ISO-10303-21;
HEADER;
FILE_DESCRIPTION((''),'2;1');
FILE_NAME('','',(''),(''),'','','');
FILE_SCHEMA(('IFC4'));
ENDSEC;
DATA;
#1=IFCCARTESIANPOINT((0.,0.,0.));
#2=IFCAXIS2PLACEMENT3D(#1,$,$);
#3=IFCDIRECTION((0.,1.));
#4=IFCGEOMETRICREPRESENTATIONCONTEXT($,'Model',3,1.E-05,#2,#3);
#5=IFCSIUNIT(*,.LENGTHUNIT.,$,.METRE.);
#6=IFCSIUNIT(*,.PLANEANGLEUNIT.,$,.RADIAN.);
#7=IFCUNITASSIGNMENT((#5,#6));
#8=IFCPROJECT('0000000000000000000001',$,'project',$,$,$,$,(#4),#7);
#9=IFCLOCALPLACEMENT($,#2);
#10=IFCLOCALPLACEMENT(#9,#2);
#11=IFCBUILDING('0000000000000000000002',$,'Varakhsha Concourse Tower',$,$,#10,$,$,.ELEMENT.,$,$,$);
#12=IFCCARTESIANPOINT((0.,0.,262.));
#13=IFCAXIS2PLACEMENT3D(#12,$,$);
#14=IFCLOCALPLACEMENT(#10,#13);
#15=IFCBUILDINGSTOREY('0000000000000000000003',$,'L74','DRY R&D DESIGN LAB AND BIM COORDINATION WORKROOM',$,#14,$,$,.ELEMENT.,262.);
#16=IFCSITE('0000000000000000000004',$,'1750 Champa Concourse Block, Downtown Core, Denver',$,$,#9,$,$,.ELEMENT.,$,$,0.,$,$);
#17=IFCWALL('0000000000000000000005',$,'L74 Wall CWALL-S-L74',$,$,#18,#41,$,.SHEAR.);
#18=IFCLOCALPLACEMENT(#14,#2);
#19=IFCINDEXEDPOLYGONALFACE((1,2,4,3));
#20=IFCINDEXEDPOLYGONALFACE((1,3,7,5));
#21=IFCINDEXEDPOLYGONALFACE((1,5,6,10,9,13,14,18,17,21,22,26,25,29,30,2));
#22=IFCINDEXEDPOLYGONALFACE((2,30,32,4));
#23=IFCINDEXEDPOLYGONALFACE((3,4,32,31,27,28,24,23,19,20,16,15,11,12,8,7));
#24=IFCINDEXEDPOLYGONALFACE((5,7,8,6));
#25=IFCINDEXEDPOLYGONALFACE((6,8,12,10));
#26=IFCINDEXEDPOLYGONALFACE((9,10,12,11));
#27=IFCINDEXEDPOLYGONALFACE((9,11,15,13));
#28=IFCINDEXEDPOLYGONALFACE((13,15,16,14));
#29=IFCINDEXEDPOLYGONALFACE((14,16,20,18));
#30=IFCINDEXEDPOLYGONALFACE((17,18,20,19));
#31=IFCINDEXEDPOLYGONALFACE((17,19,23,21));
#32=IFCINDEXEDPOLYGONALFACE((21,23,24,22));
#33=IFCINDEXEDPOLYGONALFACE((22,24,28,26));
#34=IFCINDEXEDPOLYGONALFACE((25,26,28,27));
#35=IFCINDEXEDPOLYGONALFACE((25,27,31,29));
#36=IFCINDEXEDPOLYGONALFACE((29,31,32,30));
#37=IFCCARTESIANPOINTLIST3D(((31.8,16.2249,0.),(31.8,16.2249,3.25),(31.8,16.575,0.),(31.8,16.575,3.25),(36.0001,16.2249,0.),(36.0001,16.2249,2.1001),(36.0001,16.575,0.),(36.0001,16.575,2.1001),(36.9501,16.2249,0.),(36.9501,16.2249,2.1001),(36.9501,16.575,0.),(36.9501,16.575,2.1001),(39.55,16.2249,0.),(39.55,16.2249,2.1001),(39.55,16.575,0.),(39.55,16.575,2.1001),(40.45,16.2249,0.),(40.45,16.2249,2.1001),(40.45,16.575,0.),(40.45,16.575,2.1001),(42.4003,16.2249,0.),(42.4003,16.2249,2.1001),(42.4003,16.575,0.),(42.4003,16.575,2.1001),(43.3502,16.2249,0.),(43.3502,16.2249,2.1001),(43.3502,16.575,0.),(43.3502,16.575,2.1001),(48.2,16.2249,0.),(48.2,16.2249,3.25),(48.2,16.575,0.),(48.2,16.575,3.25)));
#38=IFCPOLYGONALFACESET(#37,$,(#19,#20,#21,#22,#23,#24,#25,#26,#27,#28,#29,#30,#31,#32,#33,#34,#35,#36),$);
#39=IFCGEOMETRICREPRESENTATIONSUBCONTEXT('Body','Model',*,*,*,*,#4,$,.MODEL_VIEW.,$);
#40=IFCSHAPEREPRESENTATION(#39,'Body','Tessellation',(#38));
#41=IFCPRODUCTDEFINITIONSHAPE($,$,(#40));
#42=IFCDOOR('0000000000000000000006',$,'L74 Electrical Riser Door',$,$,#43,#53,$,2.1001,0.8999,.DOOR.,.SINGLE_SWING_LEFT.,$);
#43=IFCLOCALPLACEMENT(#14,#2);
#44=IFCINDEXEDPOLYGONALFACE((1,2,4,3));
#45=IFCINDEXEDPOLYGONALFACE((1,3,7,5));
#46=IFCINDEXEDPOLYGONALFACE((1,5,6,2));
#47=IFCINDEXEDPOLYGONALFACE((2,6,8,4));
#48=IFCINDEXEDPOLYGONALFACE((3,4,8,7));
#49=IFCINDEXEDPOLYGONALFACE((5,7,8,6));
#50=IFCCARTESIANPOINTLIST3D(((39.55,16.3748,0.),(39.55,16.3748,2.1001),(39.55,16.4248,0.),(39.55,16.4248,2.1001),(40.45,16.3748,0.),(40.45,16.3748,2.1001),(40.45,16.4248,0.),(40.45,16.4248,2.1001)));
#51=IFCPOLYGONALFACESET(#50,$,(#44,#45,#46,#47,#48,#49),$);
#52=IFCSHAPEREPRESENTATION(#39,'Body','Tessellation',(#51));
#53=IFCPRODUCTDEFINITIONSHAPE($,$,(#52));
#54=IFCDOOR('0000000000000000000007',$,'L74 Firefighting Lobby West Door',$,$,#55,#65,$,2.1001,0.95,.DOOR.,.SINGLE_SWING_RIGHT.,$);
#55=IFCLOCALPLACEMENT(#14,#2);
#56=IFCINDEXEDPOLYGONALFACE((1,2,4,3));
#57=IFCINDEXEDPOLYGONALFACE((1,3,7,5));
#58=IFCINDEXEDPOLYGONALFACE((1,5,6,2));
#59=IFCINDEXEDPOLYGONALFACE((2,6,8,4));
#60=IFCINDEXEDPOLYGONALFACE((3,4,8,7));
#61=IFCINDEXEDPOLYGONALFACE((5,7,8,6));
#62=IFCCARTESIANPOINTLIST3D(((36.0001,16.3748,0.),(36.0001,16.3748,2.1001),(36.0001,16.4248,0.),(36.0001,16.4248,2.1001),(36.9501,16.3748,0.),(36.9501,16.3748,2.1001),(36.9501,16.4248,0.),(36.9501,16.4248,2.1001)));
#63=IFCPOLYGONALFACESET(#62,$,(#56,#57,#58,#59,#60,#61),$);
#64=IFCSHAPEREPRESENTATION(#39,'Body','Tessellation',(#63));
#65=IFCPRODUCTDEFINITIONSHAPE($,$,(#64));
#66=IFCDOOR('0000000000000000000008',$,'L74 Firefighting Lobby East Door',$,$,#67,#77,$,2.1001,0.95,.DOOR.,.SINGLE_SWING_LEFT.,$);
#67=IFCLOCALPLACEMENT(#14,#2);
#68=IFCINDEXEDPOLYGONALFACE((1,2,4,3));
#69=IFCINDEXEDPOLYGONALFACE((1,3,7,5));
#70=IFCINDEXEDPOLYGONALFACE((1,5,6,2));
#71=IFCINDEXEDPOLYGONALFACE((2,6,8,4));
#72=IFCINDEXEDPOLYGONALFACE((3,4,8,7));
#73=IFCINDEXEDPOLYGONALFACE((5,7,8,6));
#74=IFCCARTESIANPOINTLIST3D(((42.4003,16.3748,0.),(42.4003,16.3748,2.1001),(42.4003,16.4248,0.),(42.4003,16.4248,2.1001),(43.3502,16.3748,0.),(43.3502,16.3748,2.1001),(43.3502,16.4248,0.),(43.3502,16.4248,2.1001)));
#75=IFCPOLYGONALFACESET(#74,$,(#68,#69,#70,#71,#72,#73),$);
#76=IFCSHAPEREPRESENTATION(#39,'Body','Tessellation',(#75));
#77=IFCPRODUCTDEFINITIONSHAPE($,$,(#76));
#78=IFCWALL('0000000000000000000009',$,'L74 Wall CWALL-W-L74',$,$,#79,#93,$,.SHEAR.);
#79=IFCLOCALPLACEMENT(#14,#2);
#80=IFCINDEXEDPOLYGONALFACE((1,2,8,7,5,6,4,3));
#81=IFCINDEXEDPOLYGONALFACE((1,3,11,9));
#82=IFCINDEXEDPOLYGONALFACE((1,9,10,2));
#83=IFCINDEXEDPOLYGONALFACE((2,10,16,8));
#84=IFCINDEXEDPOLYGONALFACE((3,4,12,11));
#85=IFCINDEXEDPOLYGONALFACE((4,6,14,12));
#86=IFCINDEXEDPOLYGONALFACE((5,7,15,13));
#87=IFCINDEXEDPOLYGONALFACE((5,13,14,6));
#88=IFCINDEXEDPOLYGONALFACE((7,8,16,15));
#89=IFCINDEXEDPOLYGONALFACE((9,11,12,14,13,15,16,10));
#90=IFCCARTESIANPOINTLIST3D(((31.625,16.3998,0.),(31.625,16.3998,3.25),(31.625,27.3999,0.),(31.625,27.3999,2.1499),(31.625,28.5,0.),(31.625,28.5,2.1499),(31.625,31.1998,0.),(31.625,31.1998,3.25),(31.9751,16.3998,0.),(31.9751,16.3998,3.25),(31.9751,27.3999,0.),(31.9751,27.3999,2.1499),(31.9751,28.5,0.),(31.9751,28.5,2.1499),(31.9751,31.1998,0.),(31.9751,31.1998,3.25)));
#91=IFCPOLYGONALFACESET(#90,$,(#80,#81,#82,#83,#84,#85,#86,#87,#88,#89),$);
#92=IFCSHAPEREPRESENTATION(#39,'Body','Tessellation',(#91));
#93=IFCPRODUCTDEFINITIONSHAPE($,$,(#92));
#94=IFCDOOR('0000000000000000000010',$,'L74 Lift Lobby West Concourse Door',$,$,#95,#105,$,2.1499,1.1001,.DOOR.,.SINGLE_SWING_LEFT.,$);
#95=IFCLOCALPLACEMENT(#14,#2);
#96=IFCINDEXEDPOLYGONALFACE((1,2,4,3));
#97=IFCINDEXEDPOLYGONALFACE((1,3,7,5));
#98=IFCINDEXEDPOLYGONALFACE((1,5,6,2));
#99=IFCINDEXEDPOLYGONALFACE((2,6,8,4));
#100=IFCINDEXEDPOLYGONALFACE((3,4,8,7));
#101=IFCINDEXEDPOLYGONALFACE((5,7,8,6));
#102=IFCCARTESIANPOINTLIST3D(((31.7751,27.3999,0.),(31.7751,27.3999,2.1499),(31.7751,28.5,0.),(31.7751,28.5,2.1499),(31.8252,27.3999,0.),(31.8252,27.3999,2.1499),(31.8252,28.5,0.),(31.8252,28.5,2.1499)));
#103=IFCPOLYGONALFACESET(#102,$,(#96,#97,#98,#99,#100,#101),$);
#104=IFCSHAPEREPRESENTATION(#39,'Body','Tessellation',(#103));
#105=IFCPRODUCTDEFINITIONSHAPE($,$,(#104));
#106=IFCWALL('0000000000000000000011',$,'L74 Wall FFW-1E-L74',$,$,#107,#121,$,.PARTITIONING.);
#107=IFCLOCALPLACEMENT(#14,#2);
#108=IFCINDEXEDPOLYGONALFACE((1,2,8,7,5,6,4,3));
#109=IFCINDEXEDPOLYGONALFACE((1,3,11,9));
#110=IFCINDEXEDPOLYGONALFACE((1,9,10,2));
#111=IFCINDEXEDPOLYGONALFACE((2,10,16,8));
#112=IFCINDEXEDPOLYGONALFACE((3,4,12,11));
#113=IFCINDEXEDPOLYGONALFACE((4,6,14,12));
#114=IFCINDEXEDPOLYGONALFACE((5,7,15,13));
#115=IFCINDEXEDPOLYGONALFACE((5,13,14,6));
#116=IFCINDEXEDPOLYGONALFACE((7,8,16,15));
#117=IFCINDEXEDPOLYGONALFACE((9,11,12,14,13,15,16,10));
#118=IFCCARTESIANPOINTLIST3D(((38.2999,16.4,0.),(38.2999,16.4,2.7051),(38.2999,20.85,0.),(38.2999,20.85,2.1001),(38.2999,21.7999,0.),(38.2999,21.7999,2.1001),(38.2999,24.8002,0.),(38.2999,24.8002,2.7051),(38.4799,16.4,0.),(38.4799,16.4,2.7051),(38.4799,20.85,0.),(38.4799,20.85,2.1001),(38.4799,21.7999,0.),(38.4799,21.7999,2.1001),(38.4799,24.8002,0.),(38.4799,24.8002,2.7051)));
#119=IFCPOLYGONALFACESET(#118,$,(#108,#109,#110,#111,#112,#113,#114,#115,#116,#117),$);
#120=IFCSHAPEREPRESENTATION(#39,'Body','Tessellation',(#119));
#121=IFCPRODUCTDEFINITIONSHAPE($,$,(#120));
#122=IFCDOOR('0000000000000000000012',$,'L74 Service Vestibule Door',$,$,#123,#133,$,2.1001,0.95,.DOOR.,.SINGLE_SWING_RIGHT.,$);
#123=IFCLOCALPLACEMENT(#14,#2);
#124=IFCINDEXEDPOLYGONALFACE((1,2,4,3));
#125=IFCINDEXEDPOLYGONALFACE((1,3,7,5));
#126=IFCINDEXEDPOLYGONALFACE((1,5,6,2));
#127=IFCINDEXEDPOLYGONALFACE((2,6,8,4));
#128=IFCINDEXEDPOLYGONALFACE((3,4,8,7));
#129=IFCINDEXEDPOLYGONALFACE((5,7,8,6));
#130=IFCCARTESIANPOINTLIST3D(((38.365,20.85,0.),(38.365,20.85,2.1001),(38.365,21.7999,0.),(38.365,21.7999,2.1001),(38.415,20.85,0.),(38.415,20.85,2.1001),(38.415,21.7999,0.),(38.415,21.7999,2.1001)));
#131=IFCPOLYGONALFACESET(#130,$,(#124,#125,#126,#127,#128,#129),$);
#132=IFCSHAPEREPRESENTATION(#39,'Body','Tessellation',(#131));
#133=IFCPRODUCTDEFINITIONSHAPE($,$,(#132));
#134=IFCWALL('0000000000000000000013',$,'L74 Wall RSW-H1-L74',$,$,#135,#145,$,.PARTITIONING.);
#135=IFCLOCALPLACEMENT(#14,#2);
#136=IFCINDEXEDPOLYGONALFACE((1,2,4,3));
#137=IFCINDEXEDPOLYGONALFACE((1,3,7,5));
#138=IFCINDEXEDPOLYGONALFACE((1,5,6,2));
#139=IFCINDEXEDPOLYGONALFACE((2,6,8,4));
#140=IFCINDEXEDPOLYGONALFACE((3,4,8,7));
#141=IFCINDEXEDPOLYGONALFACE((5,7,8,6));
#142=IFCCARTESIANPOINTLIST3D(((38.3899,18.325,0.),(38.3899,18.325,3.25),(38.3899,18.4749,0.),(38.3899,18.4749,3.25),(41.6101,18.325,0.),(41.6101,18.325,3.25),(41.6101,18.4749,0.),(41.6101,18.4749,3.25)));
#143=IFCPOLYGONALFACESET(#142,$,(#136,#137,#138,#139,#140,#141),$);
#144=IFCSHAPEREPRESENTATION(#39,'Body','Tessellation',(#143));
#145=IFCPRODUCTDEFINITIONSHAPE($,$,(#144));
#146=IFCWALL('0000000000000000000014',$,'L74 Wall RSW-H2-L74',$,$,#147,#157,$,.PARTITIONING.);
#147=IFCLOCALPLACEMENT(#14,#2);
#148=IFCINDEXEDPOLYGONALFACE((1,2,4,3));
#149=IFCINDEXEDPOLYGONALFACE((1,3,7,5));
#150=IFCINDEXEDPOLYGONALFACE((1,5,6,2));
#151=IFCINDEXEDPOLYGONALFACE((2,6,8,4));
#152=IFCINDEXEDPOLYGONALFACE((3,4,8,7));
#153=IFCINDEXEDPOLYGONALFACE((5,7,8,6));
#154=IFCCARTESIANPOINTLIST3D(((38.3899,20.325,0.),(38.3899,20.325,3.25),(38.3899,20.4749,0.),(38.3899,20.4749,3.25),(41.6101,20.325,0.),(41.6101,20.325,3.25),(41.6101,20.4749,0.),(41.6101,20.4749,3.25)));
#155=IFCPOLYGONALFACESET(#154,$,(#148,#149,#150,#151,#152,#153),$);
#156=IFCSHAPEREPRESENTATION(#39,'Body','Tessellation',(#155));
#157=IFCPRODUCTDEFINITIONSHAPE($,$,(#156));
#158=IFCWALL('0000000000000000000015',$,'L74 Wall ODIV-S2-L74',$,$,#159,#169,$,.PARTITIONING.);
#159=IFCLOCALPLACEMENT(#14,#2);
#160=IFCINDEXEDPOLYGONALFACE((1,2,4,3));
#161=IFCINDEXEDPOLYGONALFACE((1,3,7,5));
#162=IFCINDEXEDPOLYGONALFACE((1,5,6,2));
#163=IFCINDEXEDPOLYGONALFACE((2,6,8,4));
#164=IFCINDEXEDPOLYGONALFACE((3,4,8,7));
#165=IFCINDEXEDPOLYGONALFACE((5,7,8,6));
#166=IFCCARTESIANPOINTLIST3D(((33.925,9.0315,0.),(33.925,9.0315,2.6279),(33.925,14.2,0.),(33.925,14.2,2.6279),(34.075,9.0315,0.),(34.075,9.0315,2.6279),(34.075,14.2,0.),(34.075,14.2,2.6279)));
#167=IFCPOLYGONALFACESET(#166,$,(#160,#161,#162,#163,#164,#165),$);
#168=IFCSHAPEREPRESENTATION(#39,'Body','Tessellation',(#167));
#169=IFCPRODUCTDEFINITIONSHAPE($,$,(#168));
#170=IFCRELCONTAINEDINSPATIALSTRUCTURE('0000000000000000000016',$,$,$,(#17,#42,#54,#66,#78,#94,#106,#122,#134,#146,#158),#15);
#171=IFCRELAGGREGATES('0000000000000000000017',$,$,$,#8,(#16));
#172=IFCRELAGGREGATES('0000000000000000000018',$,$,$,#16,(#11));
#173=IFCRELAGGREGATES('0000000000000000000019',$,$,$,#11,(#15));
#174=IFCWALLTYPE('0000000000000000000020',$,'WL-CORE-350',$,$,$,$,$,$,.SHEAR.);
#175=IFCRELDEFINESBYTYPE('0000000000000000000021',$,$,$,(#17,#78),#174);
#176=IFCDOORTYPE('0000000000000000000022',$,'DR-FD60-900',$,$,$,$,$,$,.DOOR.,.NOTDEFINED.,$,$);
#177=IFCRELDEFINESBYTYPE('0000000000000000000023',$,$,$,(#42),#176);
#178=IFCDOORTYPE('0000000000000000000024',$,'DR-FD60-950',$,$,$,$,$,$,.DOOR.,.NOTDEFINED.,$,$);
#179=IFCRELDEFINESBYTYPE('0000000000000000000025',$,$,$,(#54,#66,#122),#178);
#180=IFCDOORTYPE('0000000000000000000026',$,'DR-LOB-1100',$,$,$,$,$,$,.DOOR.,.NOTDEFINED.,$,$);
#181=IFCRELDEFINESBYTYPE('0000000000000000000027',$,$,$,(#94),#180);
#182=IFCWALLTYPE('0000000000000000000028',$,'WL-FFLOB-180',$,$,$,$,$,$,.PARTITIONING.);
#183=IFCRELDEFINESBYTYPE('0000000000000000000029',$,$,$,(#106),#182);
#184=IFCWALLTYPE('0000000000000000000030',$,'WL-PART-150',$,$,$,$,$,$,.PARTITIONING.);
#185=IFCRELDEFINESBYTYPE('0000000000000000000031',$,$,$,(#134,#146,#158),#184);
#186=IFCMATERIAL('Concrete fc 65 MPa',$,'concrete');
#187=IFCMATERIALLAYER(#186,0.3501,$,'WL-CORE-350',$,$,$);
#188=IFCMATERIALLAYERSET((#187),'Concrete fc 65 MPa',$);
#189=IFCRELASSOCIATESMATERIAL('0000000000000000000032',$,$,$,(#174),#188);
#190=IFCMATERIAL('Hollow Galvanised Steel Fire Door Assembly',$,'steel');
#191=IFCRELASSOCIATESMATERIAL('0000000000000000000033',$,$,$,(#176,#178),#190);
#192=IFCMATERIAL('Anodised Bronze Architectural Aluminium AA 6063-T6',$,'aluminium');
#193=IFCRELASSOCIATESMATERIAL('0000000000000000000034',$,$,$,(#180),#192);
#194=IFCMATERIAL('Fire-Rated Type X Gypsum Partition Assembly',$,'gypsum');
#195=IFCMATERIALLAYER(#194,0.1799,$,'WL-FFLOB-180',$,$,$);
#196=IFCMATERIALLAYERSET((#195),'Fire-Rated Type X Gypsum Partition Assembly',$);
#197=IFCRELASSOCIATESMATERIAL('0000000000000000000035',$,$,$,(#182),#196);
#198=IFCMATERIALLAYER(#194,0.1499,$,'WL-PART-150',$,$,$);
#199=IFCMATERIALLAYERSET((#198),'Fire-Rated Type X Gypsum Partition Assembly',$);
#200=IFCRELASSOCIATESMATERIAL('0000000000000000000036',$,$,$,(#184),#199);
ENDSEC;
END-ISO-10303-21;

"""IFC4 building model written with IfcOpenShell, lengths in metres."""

from ifc_helpers import new_model, si_unit, direction, frame, frame_2d, origin, place, context, subcontext, project, spatial, rectangle, extrude, material, layer, layer_set, type_object, element, fill, save


model = new_model("IFC4")

# Units and contexts
model_context = context("Model", 3, precision=1e-05, world=origin(), true_north=direction((0.0, 1.0)))
body_context = subcontext(model_context, "Body", "Model", "MODEL_VIEW")
ifc_project = project(units=[si_unit("LENGTHUNIT", "METRE"), si_unit("PLANEANGLEUNIT", "RADIAN")], contexts=[model_context])

# Site, building, storey
site_placement = place(None, origin())
site = spatial("IfcSite", under=ifc_project, at=site_placement, Name="1750 Champa Concourse Block, Downtown Core, Denver", CompositionType="ELEMENT", RefElevation=0.0)
building_placement = place(site_placement, origin())
building = spatial("IfcBuilding", under=site, at=building_placement, Name="Varakhsha Concourse Tower", CompositionType="ELEMENT")
storey_placement = place(building_placement, frame((0.0, 0.0, 262.0)))
storey = spatial("IfcBuildingStorey", under=building, at=storey_placement, Name="L74", Description="DRY R&D DESIGN LAB AND BIM COORDINATION WORKROOM", CompositionType="ELEMENT", Elevation=262.0)

# Shared definitions
ifc_material_1 = material(Name="Concrete fc 65 MPa", Category="concrete")

# Shared definitions
ifc_material_2 = material(Name="Anodised Bronze Architectural Aluminium AA 6063-T6", Category="aluminium")

# Wall, openings, doors
ifc_layer_1 = layer(ifc_material_1, 0.3501, Name="WL-CORE-350")
ifc_layer_set_1 = layer_set([ifc_layer_1], Name="Concrete fc 65 MPa")
wall_type_1 = type_object("IfcWallType", Name="WL-CORE-350", PredefinedType="SHEAR", material=ifc_layer_set_1)
wall_1_placement = place(storey_placement, frame((31.8, 16.3999, 0.0), z_axis=(0.0, 0.0, 1.0), x_axis=(1.0, 0.0, 0.0)))
wall_1 = element("IfcWall", 1, at=wall_1_placement, inside=storey, type_object=wall_type_1, Name="L74 Wall CWALL-S-L74", PredefinedType="SHEAR", context=body_context, shape_type="SweptSolid", body=[
    extrude(rectangle(XDim=16.3999, YDim=0.3501, at=frame_2d((8.2, 0.0))), origin(), (0.0, 0.0, 1.0), 3.25),
])
opening_1_placement = place(wall_1_placement, frame((7.75, 0.0, 0.0)))
opening_1 = element("IfcOpeningElement", 2, at=opening_1_placement, cuts=wall_1, PredefinedType="OPENING", context=body_context, shape_type="SweptSolid", body=[
    extrude(rectangle(XDim=0.8999, YDim=2.1001, at=frame_2d((0.45, 1.05))), frame((0.0, 0.1851, 0.0), z_axis=(0.0, -1.0, 0.0), x_axis=(1.0, 0.0, 0.0)), (0.0, 0.0, 1.0), 0.3701),
])
opening_2_placement = place(wall_1_placement, frame((4.2, 0.0, 0.0)))
opening_2 = element("IfcOpeningElement", 3, at=opening_2_placement, cuts=wall_1, PredefinedType="OPENING", context=body_context, shape_type="SweptSolid", body=[
    extrude(rectangle(XDim=0.95, YDim=2.1001, at=frame_2d((0.4751, 1.05))), frame((0.0, 0.1851, 0.0), z_axis=(0.0, -1.0, 0.0), x_axis=(1.0, 0.0, 0.0)), (0.0, 0.0, 1.0), 0.3701),
])
opening_3_placement = place(wall_1_placement, frame((10.6001, 0.0, 0.0)))
opening_3 = element("IfcOpeningElement", 4, at=opening_3_placement, cuts=wall_1, PredefinedType="OPENING", context=body_context, shape_type="SweptSolid", body=[
    extrude(rectangle(XDim=0.95, YDim=2.1001, at=frame_2d((0.4751, 1.05))), frame((0.0, 0.1851, 0.0), z_axis=(0.0, -1.0, 0.0), x_axis=(1.0, 0.0, 0.0)), (0.0, 0.0, 1.0), 0.3701),
])
ifc_material_3 = material(Name="Hollow Galvanised Steel Fire Door Assembly", Category="steel")
door_type_1 = type_object("IfcDoorType", Name="DR-FD60-900", OperationType="NOTDEFINED", PredefinedType="DOOR", material=ifc_material_3)
door_1_placement = place(opening_1_placement, origin())
door_1 = element("IfcDoor", 5, at=door_1_placement, inside=storey, type_object=door_type_1, Name="L74 Electrical Riser Door", OperationType="SINGLE_SWING_LEFT", OverallHeight=2.1001, OverallWidth=0.8999, PredefinedType="DOOR", context=body_context, shape_type="SweptSolid", body=[
    extrude(rectangle(XDim=0.8999, YDim=2.1001, at=frame_2d((0.45, 1.05))), frame((0.0, 0.0249, 0.0), z_axis=(0.0, -1.0, 0.0), x_axis=(1.0, 0.0, 0.0)), (0.0, 0.0, 1.0), 0.05),
])
fill(opening_1, door_1)
door_type_2 = type_object("IfcDoorType", Name="DR-FD60-950", OperationType="NOTDEFINED", PredefinedType="DOOR", material=ifc_material_3)
door_2_placement = place(opening_2_placement, origin())
door_2 = element("IfcDoor", 6, at=door_2_placement, inside=storey, type_object=door_type_2, Name="L74 Firefighting Lobby West Door", OperationType="SINGLE_SWING_RIGHT", OverallHeight=2.1001, OverallWidth=0.95, PredefinedType="DOOR", context=body_context, shape_type="SweptSolid", body=[
    extrude(rectangle(XDim=0.95, YDim=2.1001, at=frame_2d((0.4751, 1.05))), frame((0.0, 0.0249, 0.0), z_axis=(0.0, -1.0, 0.0), x_axis=(1.0, 0.0, 0.0)), (0.0, 0.0, 1.0), 0.05),
])
fill(opening_2, door_2)
door_3_placement = place(opening_3_placement, origin())
door_3 = element("IfcDoor", 7, at=door_3_placement, inside=storey, type_object=door_type_2, Name="L74 Firefighting Lobby East Door", OperationType="SINGLE_SWING_LEFT", OverallHeight=2.1001, OverallWidth=0.95, PredefinedType="DOOR", context=body_context, shape_type="SweptSolid", body=[
    extrude(rectangle(XDim=0.95, YDim=2.1001, at=frame_2d((0.4751, 1.05))), frame((0.0, 0.0249, 0.0), z_axis=(0.0, -1.0, 0.0), x_axis=(1.0, 0.0, 0.0)), (0.0, 0.0, 1.0), 0.05),
])
fill(opening_3, door_3)

# Walls, openings, doors
wall_2_placement = place(storey_placement, frame((31.8, 16.3999, 0.0), z_axis=(0.0, 0.0, 1.0), x_axis=(0.0, 1.0, 0.0)))
wall_2 = element("IfcWall", 8, at=wall_2_placement, inside=storey, type_object=wall_type_1, Name="L74 Wall CWALL-W-L74", PredefinedType="SHEAR", context=body_context, shape_type="SweptSolid", body=[
    extrude(rectangle(XDim=14.8, YDim=0.3501, at=frame_2d((7.3999, 0.0))), origin(), (0.0, 0.0, 1.0), 3.25),
])
opening_4_placement = place(wall_2_placement, frame((11.0, 0.0, 0.0)))
opening_4 = element("IfcOpeningElement", 9, at=opening_4_placement, cuts=wall_2, PredefinedType="OPENING", context=body_context, shape_type="SweptSolid", body=[
    extrude(rectangle(XDim=1.1001, YDim=2.1499, at=frame_2d((0.55, 1.075))), frame((0.0, 0.1851, 0.0), z_axis=(0.0, -1.0, 0.0), x_axis=(1.0, 0.0, 0.0)), (0.0, 0.0, 1.0), 0.3701),
])
door_type_3 = type_object("IfcDoorType", Name="DR-LOB-1100", OperationType="NOTDEFINED", PredefinedType="DOOR", material=ifc_material_2)
door_4_placement = place(opening_4_placement, origin())
door_4 = element("IfcDoor", 10, at=door_4_placement, inside=storey, type_object=door_type_3, Name="L74 Lift Lobby West Concourse Door", OperationType="SINGLE_SWING_LEFT", OverallHeight=2.1499, OverallWidth=1.1001, PredefinedType="DOOR", context=body_context, shape_type="SweptSolid", body=[
    extrude(rectangle(XDim=1.1001, YDim=2.1499, at=frame_2d((0.55, 1.075))), frame((0.0, 0.0249, 0.0), z_axis=(0.0, -1.0, 0.0), x_axis=(1.0, 0.0, 0.0)), (0.0, 0.0, 1.0), 0.05),
])
fill(opening_4, door_4)
ifc_material_4 = material(Name="Fire-Rated Type X Gypsum Partition Assembly", Category="gypsum")
ifc_layer_2 = layer(ifc_material_4, 0.1799, Name="WL-FFLOB-180")
ifc_layer_set_2 = layer_set([ifc_layer_2], Name="Fire-Rated Type X Gypsum Partition Assembly")
wall_type_2 = type_object("IfcWallType", Name="WL-FFLOB-180", PredefinedType="PARTITIONING", material=ifc_layer_set_2)
wall_3_placement = place(storey_placement, frame((38.3899, 16.3999, 0.0), z_axis=(0.0, 0.0, 1.0), x_axis=(0.0, 1.0, 0.0)))
wall_3 = element("IfcWall", 11, at=wall_3_placement, inside=storey, type_object=wall_type_2, Name="L74 Wall FFW-1E-L74", PredefinedType="PARTITIONING", context=body_context, shape_type="SweptSolid", body=[
    extrude(rectangle(XDim=8.4001, YDim=0.1799, at=frame_2d((4.2002, 0.0))), origin(), (0.0, 0.0, 1.0), 2.7051),
])
opening_5_placement = place(wall_3_placement, frame((4.45, 0.0, 0.0)))
opening_5 = element("IfcOpeningElement", 12, at=opening_5_placement, cuts=wall_3, PredefinedType="OPENING", context=body_context, shape_type="SweptSolid", body=[
    extrude(rectangle(XDim=0.95, YDim=2.1001, at=frame_2d((0.4751, 1.05))), frame((0.0, 0.0999, 0.0), z_axis=(0.0, -1.0, 0.0), x_axis=(1.0, 0.0, 0.0)), (0.0, 0.0, 1.0), 0.2),
])
door_5_placement = place(opening_5_placement, origin())
door_5 = element("IfcDoor", 13, at=door_5_placement, inside=storey, type_object=door_type_2, Name="L74 Service Vestibule Door", OperationType="SINGLE_SWING_RIGHT", OverallHeight=2.1001, OverallWidth=0.95, PredefinedType="DOOR", context=body_context, shape_type="SweptSolid", body=[
    extrude(rectangle(XDim=0.95, YDim=2.1001, at=frame_2d((0.4751, 1.05))), frame((0.0, 0.0249, 0.0), z_axis=(0.0, -1.0, 0.0), x_axis=(1.0, 0.0, 0.0)), (0.0, 0.0, 1.0), 0.05),
])
fill(opening_5, door_5)

# Walls
ifc_layer_3 = layer(ifc_material_4, 0.1499, Name="WL-PART-150")
ifc_layer_set_3 = layer_set([ifc_layer_3], Name="Fire-Rated Type X Gypsum Partition Assembly")
wall_type_3 = type_object("IfcWallType", Name="WL-PART-150", PredefinedType="PARTITIONING", material=ifc_layer_set_3)
for number, where, z_axis, x_axis, name in (
    (14, (38.3899, 18.3999, 0.0), (0.0, 0.0, 1.0), (1.0, 0.0, 0.0), "L74 Wall RSW-H1-L74"),
    (15, (38.3899, 20.3999, 0.0), (0.0, 0.0, 1.0), (1.0, 0.0, 0.0), "L74 Wall RSW-H2-L74"),
):
    element("IfcWall", number, at=place(storey_placement, frame(where, z_axis=z_axis, x_axis=x_axis)), inside=storey, type_object=wall_type_3, Name=name, PredefinedType="PARTITIONING", context=body_context, shape_type="SweptSolid", body=[
        extrude(rectangle(XDim=3.2202, YDim=0.1499, at=frame_2d((1.6101, 0.0))), origin(), (0.0, 0.0, 1.0), 3.25),
    ])
wall_4_placement = place(storey_placement, frame((34.0, 9.0315, 0.0), z_axis=(0.0, 0.0, 1.0), x_axis=(0.0, 1.0, 0.0)))
element("IfcWall", 16, at=wall_4_placement, inside=storey, type_object=wall_type_3, Name="L74 Wall ODIV-S2-L74", PredefinedType="PARTITIONING", context=body_context, shape_type="SweptSolid", body=[
    extrude(rectangle(XDim=5.1685, YDim=0.1499, at=frame_2d((2.5842, 0.0))), origin(), (0.0, 0.0, 1.0), 2.6279),
])

save(model, "model.ifc")
